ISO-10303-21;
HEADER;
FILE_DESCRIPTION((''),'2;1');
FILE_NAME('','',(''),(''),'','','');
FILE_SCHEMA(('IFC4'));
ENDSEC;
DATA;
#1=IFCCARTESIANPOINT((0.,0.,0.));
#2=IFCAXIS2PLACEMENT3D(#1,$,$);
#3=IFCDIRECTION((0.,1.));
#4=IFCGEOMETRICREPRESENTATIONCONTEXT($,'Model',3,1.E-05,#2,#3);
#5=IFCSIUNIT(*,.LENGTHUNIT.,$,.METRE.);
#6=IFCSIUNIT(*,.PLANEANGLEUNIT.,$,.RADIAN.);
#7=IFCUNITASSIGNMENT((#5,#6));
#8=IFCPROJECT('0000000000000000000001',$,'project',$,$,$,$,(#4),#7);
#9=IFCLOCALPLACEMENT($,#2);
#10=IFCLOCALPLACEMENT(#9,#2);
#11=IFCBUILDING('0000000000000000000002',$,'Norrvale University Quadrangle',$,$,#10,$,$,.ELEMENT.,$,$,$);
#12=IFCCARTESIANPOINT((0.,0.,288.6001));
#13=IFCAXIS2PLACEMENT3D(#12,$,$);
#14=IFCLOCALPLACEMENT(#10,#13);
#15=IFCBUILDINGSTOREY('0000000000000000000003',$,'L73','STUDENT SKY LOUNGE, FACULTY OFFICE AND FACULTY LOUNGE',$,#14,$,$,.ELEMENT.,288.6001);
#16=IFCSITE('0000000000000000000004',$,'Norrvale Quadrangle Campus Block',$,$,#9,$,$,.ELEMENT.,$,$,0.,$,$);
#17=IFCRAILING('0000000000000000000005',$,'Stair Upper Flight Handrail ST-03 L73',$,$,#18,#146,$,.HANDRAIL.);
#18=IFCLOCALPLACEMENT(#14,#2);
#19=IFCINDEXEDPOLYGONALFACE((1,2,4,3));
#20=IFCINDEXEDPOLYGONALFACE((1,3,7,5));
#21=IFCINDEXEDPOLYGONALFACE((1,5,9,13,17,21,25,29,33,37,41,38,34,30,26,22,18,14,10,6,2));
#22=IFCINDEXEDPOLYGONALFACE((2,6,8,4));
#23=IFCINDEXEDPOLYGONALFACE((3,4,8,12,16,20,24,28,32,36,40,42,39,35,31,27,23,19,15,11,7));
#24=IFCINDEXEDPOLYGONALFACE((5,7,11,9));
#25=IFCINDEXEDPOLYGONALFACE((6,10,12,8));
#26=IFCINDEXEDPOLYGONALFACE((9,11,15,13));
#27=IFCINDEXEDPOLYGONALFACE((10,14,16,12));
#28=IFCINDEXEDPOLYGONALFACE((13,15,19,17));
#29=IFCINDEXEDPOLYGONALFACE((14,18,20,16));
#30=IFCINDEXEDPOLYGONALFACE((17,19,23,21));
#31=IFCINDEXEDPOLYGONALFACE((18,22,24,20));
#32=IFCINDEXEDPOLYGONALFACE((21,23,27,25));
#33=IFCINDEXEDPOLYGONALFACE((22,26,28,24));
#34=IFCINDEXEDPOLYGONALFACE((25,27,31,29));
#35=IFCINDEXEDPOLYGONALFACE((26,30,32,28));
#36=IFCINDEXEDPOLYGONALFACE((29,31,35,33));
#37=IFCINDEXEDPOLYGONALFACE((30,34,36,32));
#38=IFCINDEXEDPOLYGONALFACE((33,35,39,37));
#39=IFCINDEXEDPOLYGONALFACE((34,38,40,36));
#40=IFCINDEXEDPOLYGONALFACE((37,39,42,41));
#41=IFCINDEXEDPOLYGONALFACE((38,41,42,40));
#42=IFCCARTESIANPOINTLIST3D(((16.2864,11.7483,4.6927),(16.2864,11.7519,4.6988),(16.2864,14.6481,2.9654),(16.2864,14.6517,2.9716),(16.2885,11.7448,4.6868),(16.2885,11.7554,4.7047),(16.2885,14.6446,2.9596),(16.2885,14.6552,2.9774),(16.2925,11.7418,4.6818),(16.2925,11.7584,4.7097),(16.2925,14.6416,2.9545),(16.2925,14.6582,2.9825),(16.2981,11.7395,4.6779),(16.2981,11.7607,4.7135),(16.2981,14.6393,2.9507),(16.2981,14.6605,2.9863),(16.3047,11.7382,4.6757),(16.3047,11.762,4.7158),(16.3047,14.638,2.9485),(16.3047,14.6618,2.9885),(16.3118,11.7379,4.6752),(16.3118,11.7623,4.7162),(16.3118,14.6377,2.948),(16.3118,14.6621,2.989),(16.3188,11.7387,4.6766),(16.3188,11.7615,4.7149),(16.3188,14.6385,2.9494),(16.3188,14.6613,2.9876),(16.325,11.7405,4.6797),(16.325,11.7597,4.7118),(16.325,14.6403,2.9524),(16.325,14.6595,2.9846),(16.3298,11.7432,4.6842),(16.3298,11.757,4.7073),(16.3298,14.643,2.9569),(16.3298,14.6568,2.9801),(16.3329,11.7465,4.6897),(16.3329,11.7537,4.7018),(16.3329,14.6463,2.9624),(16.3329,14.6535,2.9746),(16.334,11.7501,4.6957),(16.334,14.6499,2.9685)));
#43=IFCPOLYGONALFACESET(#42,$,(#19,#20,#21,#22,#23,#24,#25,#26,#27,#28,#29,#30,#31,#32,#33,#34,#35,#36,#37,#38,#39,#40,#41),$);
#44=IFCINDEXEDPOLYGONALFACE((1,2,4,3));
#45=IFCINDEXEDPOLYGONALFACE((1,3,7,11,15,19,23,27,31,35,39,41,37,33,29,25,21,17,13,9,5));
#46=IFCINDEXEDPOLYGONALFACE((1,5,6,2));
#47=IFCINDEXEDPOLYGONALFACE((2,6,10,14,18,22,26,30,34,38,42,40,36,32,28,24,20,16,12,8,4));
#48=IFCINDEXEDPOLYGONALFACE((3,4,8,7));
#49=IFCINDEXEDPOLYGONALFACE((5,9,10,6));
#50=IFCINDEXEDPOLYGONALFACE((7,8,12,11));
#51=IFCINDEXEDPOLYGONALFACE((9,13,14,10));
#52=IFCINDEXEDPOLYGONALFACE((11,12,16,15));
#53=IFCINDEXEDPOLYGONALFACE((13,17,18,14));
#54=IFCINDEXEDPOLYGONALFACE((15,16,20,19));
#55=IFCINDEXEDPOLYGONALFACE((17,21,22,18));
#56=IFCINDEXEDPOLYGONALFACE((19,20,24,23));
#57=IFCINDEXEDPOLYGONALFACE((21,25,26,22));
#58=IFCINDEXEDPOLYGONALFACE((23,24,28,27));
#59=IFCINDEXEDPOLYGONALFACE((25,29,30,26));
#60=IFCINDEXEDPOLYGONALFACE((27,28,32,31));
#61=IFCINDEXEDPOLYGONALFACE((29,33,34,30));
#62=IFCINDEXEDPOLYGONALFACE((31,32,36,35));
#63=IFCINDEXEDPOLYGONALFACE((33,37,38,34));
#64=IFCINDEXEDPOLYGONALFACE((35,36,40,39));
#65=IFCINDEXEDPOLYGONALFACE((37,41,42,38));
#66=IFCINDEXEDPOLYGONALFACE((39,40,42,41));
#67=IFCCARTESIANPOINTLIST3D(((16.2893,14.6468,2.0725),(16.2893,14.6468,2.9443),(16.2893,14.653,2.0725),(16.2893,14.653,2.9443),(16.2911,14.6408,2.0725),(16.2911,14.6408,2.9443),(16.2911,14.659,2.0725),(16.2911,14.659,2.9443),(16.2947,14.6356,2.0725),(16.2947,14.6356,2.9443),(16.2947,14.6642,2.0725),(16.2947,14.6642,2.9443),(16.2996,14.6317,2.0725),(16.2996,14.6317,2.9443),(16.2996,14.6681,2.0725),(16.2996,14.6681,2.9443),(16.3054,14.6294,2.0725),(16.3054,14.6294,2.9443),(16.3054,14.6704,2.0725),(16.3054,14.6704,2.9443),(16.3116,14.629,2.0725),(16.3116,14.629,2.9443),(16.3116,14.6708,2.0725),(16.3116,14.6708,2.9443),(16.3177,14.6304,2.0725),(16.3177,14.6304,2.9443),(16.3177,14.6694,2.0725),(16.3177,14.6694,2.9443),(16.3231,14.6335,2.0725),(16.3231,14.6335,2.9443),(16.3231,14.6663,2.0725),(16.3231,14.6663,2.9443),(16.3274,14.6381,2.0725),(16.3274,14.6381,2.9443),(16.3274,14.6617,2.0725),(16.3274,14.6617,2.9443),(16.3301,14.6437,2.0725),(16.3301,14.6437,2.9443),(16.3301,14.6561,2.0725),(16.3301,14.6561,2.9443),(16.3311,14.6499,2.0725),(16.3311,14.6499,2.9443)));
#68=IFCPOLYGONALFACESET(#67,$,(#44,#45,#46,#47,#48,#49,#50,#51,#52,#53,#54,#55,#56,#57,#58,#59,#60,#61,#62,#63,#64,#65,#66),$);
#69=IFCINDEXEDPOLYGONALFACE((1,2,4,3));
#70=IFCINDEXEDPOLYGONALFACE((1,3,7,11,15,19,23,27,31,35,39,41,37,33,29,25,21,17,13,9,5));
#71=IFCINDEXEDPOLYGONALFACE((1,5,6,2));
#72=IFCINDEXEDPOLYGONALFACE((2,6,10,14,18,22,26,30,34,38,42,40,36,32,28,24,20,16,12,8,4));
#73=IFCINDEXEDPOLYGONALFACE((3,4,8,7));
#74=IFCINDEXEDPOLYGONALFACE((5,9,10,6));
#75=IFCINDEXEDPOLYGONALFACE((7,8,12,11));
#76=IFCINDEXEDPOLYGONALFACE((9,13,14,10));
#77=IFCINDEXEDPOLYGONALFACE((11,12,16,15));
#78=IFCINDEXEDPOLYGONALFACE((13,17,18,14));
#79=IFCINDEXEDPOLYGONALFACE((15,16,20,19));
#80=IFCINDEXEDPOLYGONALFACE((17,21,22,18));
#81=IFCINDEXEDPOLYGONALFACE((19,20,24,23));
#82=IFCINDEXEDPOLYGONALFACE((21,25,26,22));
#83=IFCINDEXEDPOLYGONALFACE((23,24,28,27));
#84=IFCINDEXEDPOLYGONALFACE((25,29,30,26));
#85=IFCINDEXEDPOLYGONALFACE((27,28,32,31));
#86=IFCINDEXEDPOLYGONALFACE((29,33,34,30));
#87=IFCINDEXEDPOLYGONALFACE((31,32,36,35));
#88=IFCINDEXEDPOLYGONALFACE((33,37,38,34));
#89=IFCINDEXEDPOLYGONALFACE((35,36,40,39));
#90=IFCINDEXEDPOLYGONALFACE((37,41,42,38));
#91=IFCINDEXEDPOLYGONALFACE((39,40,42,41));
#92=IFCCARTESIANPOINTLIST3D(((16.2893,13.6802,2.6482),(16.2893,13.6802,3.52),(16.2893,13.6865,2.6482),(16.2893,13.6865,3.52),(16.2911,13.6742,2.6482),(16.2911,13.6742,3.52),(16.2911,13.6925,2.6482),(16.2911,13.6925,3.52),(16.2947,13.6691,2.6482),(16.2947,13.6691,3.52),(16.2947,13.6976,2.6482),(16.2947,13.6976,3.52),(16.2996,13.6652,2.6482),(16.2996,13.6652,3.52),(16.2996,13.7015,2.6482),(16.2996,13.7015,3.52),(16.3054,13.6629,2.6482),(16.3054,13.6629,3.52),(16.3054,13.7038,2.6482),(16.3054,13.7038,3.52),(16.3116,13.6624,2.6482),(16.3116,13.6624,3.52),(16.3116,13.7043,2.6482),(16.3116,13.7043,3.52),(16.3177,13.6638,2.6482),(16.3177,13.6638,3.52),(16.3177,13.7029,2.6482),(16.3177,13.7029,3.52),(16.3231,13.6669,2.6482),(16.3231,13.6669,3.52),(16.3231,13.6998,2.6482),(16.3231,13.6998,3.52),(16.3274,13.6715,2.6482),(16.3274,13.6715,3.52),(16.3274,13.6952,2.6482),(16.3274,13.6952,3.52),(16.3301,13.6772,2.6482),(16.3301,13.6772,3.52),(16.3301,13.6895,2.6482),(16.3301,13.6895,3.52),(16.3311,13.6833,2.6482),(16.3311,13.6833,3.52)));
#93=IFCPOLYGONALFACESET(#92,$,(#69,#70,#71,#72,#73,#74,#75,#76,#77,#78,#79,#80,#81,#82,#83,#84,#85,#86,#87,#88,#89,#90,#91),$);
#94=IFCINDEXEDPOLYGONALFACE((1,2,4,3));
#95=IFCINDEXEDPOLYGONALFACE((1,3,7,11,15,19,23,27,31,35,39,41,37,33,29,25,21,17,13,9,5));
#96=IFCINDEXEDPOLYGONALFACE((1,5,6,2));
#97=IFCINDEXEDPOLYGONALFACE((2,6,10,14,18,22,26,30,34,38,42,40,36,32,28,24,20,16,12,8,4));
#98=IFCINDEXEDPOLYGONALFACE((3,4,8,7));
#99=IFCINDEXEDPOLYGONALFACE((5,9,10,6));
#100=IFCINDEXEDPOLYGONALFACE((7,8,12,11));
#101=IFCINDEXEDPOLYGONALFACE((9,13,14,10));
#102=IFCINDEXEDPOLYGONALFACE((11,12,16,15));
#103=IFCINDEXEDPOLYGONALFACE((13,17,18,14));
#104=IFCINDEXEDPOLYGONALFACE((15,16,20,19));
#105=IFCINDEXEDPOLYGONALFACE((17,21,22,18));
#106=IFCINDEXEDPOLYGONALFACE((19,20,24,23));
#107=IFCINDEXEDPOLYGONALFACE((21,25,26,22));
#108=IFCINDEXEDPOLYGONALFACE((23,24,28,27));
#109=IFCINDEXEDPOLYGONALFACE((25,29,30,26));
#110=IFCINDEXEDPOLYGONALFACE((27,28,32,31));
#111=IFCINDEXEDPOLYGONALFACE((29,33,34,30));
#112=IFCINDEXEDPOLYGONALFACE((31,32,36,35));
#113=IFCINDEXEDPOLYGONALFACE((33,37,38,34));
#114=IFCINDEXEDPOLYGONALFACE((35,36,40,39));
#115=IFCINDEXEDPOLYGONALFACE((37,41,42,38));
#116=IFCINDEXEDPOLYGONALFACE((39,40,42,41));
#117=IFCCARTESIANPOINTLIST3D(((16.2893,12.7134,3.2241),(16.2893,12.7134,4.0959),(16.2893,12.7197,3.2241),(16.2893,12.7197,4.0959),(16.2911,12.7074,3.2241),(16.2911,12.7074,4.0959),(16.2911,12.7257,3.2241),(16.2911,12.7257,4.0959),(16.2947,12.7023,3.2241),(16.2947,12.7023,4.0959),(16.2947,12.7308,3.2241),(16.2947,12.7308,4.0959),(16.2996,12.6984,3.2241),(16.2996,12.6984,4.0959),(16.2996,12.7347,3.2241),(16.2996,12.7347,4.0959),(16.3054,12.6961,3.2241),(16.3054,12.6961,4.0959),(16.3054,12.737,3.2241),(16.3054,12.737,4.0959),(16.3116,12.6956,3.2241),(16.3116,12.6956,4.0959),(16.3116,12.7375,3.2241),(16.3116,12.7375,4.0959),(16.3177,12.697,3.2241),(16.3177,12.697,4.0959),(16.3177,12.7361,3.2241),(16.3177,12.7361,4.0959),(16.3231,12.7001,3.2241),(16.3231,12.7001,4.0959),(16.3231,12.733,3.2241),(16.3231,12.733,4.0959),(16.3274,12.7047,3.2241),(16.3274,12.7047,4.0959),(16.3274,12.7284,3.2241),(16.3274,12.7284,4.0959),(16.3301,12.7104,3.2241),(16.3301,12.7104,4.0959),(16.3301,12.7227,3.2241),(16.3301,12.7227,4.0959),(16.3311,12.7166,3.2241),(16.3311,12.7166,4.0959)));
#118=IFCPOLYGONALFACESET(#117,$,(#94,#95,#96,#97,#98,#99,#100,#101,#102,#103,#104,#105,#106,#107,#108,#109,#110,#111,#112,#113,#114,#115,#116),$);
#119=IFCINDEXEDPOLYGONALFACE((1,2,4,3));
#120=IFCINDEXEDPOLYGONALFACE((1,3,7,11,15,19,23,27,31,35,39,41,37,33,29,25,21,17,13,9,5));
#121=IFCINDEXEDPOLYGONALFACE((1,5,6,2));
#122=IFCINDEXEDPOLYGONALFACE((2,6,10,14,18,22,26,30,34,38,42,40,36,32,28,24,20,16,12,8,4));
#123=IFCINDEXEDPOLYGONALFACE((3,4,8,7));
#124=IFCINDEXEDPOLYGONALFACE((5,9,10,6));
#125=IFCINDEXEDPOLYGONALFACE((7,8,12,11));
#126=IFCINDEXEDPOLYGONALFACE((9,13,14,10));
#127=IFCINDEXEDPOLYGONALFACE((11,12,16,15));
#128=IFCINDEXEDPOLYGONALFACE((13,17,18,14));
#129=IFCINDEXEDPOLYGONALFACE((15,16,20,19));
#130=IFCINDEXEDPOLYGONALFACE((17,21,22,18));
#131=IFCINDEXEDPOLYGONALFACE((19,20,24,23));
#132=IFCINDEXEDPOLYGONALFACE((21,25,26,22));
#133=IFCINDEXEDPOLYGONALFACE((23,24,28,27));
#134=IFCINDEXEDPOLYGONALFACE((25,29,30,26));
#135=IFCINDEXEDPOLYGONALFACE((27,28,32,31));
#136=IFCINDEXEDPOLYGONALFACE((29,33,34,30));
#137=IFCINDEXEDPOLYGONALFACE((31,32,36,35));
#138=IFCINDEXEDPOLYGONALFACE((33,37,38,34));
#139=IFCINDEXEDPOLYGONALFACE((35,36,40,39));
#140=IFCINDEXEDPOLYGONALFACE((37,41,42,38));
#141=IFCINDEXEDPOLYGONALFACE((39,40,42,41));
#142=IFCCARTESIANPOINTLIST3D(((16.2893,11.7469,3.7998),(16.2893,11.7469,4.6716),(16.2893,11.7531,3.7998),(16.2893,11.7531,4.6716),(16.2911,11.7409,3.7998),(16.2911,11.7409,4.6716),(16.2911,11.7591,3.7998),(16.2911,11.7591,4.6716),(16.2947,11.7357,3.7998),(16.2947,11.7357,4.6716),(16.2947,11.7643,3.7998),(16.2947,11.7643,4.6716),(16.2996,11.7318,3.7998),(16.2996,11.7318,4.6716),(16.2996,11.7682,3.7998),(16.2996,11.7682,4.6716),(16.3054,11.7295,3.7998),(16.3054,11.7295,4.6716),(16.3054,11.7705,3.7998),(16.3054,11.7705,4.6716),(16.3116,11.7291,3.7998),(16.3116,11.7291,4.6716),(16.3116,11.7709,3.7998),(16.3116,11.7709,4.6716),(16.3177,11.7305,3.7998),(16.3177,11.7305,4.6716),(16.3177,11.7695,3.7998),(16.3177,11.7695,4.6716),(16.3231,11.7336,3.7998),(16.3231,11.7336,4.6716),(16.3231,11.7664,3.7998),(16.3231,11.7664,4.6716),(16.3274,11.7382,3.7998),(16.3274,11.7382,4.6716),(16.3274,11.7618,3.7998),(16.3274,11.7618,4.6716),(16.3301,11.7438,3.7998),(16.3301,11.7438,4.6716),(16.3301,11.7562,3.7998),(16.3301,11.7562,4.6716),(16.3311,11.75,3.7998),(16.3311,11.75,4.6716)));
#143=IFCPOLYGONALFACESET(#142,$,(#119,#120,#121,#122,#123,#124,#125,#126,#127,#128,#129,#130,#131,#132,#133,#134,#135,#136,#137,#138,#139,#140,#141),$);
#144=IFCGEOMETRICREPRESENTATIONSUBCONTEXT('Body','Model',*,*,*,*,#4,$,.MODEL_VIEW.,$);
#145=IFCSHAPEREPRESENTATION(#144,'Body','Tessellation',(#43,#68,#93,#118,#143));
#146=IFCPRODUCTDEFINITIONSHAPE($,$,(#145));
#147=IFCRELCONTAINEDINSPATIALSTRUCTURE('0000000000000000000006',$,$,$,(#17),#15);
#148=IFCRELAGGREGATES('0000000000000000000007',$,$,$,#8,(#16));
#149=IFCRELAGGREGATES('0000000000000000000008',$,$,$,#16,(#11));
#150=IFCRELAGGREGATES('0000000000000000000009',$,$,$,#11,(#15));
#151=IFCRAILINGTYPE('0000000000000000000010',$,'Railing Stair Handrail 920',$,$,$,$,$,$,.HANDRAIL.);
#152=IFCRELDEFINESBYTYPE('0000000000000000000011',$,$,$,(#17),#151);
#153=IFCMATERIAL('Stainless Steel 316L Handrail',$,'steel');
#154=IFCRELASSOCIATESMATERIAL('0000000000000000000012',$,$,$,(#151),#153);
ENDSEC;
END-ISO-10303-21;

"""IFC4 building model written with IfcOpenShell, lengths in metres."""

from ifc_helpers import new_model, si_unit, direction, frame, origin, origin_2d, place, context, subcontext, project, spatial, circle, extrude, material, type_object, element, save


model = new_model("IFC4")

# Units and contexts
model_context = context("Model", 3, precision=1e-05, world=origin(), true_north=direction((0.0, 1.0)))
body_context = subcontext(model_context, "Body", "Model", "MODEL_VIEW")
ifc_project = project(units=[si_unit("LENGTHUNIT", "METRE"), si_unit("PLANEANGLEUNIT", "RADIAN")], contexts=[model_context])

# Site, building, storey
site_placement = place(None, origin())
site = spatial("IfcSite", under=ifc_project, at=site_placement, Name="Norrvale Quadrangle Campus Block", CompositionType="ELEMENT", RefElevation=0.0)
building_placement = place(site_placement, origin())
building = spatial("IfcBuilding", under=site, at=building_placement, Name="Norrvale University Quadrangle", CompositionType="ELEMENT")
storey_placement = place(building_placement, frame((0.0, 0.0, 288.6001)))
storey = spatial("IfcBuildingStorey", under=building, at=storey_placement, Name="L73", Description="STUDENT SKY LOUNGE, FACULTY OFFICE AND FACULTY LOUNGE", CompositionType="ELEMENT", Elevation=288.6001)

# Railing
ifc_material_1 = material(Name="Stainless Steel 316L Handrail", Category="steel")
railing_type_1 = type_object("IfcRailingType", Name="Railing Stair Handrail 920", PredefinedType="HANDRAIL", material=ifc_material_1)
railing_1_placement = place(storey_placement, frame((16.3101, 14.6499, 2.0725)))
element("IfcRailing", 1, at=railing_1_placement, inside=storey, type_object=railing_type_1, Name="Stair Upper Flight Handrail ST-03 L73", PredefinedType="HANDRAIL", context=body_context, shape_type="SweptSolid", body=[
    extrude(circle(Radius=0.0239, at=origin_2d()), frame((0.0, 0.0, 0.896), z_axis=(0.0, -0.859141, 0.511738), x_axis=(1.0, 0.0, 0.0)), (0.0, 0.0, 1.0), 3.3752),
    extrude(circle(Radius=0.021, at=origin_2d()), origin(), (0.0, 0.0, 1.0), 0.8718),
    extrude(circle(Radius=0.021, at=origin_2d()), frame((0.0, -0.9666, 0.5757)), (0.0, 0.0, 1.0), 0.8718),
    extrude(circle(Radius=0.021, at=origin_2d()), frame((0.0, -1.9333, 1.1516)), (0.0, 0.0, 1.0), 0.8718),
    extrude(circle(Radius=0.021, at=origin_2d()), frame((0.0, -2.8999, 1.7273)), (0.0, 0.0, 1.0), 0.8718),
])

save(model, "model.ifc")
